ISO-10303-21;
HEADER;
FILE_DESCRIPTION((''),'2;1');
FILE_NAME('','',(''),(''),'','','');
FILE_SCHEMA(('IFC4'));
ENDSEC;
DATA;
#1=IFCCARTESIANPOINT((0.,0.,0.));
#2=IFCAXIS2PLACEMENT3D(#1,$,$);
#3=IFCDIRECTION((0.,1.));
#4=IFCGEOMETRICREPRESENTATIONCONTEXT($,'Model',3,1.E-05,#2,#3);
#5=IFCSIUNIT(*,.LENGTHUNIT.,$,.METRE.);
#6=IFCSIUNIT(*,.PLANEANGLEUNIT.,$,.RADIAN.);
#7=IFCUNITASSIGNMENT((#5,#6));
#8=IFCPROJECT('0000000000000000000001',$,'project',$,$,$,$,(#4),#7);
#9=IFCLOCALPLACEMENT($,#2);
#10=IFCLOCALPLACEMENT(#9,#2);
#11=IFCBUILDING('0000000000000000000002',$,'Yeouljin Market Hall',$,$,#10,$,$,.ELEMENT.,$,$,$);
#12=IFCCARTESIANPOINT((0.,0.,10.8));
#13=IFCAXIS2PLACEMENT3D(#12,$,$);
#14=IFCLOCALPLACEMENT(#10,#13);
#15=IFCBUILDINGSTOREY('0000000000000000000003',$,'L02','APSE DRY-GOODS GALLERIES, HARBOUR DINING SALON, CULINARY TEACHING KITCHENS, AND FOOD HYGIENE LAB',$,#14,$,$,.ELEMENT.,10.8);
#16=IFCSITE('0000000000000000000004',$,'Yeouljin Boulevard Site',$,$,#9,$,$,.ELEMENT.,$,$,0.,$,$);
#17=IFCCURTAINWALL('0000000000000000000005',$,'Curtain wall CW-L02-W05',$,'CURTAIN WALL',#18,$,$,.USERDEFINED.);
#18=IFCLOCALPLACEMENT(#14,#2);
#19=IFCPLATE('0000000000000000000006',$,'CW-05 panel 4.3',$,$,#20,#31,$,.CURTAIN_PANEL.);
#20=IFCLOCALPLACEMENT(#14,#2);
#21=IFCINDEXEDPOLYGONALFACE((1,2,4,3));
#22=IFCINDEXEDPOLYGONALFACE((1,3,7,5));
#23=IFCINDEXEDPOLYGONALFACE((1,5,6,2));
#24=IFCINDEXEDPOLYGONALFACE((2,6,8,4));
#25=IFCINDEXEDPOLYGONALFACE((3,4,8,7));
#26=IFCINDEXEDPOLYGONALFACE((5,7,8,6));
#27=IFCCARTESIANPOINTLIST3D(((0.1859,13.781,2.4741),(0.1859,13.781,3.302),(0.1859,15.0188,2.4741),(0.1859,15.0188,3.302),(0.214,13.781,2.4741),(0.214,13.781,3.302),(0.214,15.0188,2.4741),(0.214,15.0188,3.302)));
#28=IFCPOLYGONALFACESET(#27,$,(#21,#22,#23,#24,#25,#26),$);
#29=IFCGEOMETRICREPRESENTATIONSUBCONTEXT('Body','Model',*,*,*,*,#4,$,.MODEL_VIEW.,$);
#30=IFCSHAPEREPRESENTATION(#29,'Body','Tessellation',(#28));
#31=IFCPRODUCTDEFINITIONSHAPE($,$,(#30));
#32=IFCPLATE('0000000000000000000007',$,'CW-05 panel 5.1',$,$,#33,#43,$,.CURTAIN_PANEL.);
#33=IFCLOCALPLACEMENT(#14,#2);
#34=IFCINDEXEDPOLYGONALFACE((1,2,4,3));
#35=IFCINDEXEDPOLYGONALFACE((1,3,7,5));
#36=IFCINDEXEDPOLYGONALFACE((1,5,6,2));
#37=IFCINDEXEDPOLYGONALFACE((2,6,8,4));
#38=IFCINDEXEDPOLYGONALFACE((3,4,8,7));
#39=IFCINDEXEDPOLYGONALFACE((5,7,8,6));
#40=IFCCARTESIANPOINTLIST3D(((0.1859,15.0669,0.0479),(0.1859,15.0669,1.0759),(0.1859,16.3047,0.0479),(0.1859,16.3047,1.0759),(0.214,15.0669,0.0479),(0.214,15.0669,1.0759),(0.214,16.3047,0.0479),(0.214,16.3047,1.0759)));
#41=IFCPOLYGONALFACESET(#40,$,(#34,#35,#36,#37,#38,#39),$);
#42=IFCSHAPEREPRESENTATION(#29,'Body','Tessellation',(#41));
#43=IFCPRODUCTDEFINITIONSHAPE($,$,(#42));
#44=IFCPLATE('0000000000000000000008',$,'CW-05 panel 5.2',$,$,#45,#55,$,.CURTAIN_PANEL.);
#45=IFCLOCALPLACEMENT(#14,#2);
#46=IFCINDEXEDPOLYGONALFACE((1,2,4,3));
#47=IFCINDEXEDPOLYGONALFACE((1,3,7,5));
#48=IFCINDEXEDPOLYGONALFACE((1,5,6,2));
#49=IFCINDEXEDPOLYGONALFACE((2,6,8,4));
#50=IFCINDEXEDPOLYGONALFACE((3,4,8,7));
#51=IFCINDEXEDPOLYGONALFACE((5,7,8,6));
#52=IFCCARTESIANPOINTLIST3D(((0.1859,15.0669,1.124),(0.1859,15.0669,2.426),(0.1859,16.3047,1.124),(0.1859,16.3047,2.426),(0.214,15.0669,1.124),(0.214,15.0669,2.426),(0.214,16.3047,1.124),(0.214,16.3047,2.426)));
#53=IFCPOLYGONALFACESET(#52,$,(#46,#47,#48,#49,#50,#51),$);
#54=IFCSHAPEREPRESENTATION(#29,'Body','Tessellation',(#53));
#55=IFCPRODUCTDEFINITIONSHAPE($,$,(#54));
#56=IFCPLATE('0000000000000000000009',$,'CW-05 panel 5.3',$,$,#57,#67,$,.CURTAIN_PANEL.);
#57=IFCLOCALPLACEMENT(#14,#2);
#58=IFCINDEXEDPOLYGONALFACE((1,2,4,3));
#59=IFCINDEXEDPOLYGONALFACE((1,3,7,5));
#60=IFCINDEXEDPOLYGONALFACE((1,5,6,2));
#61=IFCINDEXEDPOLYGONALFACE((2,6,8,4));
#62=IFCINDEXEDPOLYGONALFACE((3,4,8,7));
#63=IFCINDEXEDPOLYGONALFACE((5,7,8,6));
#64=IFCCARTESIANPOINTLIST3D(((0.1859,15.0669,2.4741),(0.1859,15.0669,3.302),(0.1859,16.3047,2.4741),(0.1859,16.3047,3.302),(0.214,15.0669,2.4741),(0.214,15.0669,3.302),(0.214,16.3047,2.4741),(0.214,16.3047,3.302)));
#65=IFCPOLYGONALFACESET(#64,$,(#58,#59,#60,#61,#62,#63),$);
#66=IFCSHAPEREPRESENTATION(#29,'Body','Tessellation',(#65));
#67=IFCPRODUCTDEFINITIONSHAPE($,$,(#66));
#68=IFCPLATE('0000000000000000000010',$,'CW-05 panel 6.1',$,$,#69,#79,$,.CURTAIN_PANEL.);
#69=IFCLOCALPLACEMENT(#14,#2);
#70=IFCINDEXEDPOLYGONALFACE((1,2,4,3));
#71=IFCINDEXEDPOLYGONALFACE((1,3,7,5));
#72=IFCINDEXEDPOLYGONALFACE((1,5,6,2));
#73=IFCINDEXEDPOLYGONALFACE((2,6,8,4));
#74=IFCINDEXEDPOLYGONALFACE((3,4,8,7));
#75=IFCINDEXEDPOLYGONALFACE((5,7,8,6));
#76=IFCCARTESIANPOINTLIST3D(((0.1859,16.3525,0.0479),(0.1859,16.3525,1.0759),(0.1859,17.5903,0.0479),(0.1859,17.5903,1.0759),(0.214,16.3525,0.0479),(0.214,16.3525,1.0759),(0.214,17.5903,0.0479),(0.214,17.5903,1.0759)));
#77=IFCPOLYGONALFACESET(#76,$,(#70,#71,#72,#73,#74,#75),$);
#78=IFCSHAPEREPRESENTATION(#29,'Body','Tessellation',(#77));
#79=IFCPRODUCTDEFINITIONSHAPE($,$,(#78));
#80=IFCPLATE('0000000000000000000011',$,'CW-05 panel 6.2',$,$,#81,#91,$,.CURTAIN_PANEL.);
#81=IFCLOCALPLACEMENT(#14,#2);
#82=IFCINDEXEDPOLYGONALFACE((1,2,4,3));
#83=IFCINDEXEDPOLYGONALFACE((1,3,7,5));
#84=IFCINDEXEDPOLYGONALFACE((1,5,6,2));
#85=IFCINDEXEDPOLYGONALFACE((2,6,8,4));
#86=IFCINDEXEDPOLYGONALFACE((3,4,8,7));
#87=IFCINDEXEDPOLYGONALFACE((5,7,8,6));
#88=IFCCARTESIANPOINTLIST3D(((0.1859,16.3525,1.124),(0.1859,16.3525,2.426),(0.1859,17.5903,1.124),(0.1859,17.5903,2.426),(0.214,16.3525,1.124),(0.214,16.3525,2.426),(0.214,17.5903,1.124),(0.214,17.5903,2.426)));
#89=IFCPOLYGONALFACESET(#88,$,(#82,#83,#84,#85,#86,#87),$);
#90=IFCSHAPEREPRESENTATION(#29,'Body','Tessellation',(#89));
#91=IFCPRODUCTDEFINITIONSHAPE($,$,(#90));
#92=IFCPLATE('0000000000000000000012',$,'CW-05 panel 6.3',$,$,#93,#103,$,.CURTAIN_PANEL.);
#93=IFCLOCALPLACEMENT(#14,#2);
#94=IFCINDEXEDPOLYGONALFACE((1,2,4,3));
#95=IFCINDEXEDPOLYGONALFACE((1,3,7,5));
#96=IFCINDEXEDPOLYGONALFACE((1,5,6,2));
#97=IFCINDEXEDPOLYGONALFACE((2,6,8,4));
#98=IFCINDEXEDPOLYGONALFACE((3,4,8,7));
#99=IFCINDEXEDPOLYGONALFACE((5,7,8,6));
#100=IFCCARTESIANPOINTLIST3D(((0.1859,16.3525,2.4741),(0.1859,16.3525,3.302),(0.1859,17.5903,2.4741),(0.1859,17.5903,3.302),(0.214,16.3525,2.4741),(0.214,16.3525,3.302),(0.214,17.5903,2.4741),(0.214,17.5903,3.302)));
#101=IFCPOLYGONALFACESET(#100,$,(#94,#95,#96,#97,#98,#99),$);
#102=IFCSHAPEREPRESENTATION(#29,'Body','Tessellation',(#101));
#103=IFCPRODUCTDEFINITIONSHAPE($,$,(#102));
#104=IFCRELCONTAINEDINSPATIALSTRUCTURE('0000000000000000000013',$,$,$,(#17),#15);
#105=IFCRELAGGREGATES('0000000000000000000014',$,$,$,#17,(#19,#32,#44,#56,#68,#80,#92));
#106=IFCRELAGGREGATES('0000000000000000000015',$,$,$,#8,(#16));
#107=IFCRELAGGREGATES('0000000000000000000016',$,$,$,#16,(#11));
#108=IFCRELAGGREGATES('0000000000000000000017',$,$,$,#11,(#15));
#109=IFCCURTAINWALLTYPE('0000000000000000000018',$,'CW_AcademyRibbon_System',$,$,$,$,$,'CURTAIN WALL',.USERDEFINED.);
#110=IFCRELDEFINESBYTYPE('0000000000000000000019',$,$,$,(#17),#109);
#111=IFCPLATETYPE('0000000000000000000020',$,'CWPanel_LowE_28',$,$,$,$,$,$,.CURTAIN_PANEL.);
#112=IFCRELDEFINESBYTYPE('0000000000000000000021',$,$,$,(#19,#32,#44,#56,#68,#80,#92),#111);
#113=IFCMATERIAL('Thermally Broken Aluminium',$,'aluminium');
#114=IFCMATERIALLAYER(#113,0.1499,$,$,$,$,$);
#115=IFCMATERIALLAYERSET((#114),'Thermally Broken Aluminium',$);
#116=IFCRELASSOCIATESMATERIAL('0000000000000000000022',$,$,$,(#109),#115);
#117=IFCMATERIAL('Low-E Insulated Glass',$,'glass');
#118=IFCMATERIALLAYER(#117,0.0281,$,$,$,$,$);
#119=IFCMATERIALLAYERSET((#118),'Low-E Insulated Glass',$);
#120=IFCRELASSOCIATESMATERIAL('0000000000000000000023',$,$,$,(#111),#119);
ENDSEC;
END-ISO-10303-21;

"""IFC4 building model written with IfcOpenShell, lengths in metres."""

from ifc_helpers import new_model, si_unit, direction, frame, origin, origin_2d, place, context, subcontext, project, spatial, rectangle, extrude, material, layer, layer_set, type_object, element, aggregate, save


model = new_model("IFC4")

# Units and contexts
model_context = context("Model", 3, precision=1e-05, world=origin(), true_north=direction((0.0, 1.0)))
body_context = subcontext(model_context, "Body", "Model", "MODEL_VIEW")
ifc_project = project(units=[si_unit("LENGTHUNIT", "METRE"), si_unit("PLANEANGLEUNIT", "RADIAN")], contexts=[model_context])

# Site, building, storey
site_placement = place(None, origin())
site = spatial("IfcSite", under=ifc_project, at=site_placement, Name="Yeouljin Boulevard Site", CompositionType="ELEMENT", RefElevation=0.0)
building_placement = place(site_placement, origin())
building = spatial("IfcBuilding", under=site, at=building_placement, Name="Yeouljin Market Hall", CompositionType="ELEMENT")
storey_placement = place(building_placement, frame((0.0, 0.0, 10.8)))
storey = spatial("IfcBuildingStorey", under=building, at=storey_placement, Name="L02", Description="APSE DRY-GOODS GALLERIES, HARBOUR DINING SALON, CULINARY TEACHING KITCHENS, AND FOOD HYGIENE LAB", CompositionType="ELEMENT", Elevation=10.8)

# Curtain wall, plates
ifc_material_1 = material(Name="Thermally Broken Aluminium", Category="aluminium")
ifc_layer_1 = layer(ifc_material_1, 0.1499)
ifc_layer_set_1 = layer_set([ifc_layer_1], Name="Thermally Broken Aluminium")
curtain_wall_type = type_object("IfcCurtainWallType", Name="CW_AcademyRibbon_System", ElementType="CURTAIN WALL", PredefinedType="USERDEFINED", material=ifc_layer_set_1)
curtain_wall_placement = place(storey_placement, origin())
curtain_wall = element("IfcCurtainWall", 1, at=curtain_wall_placement, inside=storey, type_object=curtain_wall_type, Name="Curtain wall CW-L02-W05", ObjectType="CURTAIN WALL", PredefinedType="USERDEFINED")
ifc_material_2 = material(Name="Low-E Insulated Glass", Category="glass")
ifc_layer_2 = layer(ifc_material_2, 0.0281)
ifc_layer_set_2 = layer_set([ifc_layer_2], Name="Low-E Insulated Glass")
plate_type = type_object("IfcPlateType", Name="CWPanel_LowE_28", PredefinedType="CURTAIN_PANEL", material=ifc_layer_set_2)
plate_1_placement = place(storey_placement, frame((0.2, 14.3999, 2.4741), z_axis=(0.0, 0.0, 1.0), x_axis=(0.0, 1.0, 0.0)))
plate_1 = element("IfcPlate", 2, at=plate_1_placement, type_object=plate_type, Name="CW-05 panel 4.3", PredefinedType="CURTAIN_PANEL", context=body_context, shape_type="SweptSolid", body=[
    extrude(rectangle(XDim=1.2378, YDim=0.0281, at=origin_2d()), origin(), (0.0, 0.0, 1.0), 0.8279),
])
plate_2_placement = place(storey_placement, frame((0.2, 15.6858, 0.0479), z_axis=(0.0, 0.0, 1.0), x_axis=(0.0, 1.0, 0.0)))
plate_2 = element("IfcPlate", 3, at=plate_2_placement, type_object=plate_type, Name="CW-05 panel 5.1", PredefinedType="CURTAIN_PANEL", context=body_context, shape_type="SweptSolid", body=[
    extrude(rectangle(XDim=1.2378, YDim=0.0281, at=origin_2d()), origin(), (0.0, 0.0, 1.0), 1.0281),
])
plate_3_placement = place(storey_placement, frame((0.2, 15.6858, 1.124), z_axis=(0.0, 0.0, 1.0), x_axis=(0.0, 1.0, 0.0)))
plate_3 = element("IfcPlate", 4, at=plate_3_placement, type_object=plate_type, Name="CW-05 panel 5.2", PredefinedType="CURTAIN_PANEL", context=body_context, shape_type="SweptSolid", body=[
    extrude(rectangle(XDim=1.2378, YDim=0.0281, at=origin_2d()), origin(), (0.0, 0.0, 1.0), 1.302),
])
plate_4_placement = place(storey_placement, frame((0.2, 15.6858, 2.4741), z_axis=(0.0, 0.0, 1.0), x_axis=(0.0, 1.0, 0.0)))
plate_4 = element("IfcPlate", 5, at=plate_4_placement, type_object=plate_type, Name="CW-05 panel 5.3", PredefinedType="CURTAIN_PANEL", context=body_context, shape_type="SweptSolid", body=[
    extrude(rectangle(XDim=1.2378, YDim=0.0281, at=origin_2d()), origin(), (0.0, 0.0, 1.0), 0.8279),
])
plate_5_placement = place(storey_placement, frame((0.2, 16.9714, 0.0479), z_axis=(0.0, 0.0, 1.0), x_axis=(0.0, 1.0, 0.0)))
plate_5 = element("IfcPlate", 6, at=plate_5_placement, type_object=plate_type, Name="CW-05 panel 6.1", PredefinedType="CURTAIN_PANEL", context=body_context, shape_type="SweptSolid", body=[
    extrude(rectangle(XDim=1.2378, YDim=0.0281, at=origin_2d()), origin(), (0.0, 0.0, 1.0), 1.0281),
])
plate_6_placement = place(storey_placement, frame((0.2, 16.9714, 1.124), z_axis=(0.0, 0.0, 1.0), x_axis=(0.0, 1.0, 0.0)))
plate_6 = element("IfcPlate", 7, at=plate_6_placement, type_object=plate_type, Name="CW-05 panel 6.2", PredefinedType="CURTAIN_PANEL", context=body_context, shape_type="SweptSolid", body=[
    extrude(rectangle(XDim=1.2378, YDim=0.0281, at=origin_2d()), origin(), (0.0, 0.0, 1.0), 1.302),
])
plate_7_placement = place(storey_placement, frame((0.2, 16.9714, 2.4741), z_axis=(0.0, 0.0, 1.0), x_axis=(0.0, 1.0, 0.0)))
plate_7 = element("IfcPlate", 8, at=plate_7_placement, type_object=plate_type, Name="CW-05 panel 6.3", PredefinedType="CURTAIN_PANEL", context=body_context, shape_type="SweptSolid", body=[
    extrude(rectangle(XDim=1.2378, YDim=0.0281, at=origin_2d()), origin(), (0.0, 0.0, 1.0), 0.8279),
])
aggregate(curtain_wall, [plate_1, plate_2, plate_3, plate_4, plate_5, plate_6, plate_7])

save(model, "model.ifc")
